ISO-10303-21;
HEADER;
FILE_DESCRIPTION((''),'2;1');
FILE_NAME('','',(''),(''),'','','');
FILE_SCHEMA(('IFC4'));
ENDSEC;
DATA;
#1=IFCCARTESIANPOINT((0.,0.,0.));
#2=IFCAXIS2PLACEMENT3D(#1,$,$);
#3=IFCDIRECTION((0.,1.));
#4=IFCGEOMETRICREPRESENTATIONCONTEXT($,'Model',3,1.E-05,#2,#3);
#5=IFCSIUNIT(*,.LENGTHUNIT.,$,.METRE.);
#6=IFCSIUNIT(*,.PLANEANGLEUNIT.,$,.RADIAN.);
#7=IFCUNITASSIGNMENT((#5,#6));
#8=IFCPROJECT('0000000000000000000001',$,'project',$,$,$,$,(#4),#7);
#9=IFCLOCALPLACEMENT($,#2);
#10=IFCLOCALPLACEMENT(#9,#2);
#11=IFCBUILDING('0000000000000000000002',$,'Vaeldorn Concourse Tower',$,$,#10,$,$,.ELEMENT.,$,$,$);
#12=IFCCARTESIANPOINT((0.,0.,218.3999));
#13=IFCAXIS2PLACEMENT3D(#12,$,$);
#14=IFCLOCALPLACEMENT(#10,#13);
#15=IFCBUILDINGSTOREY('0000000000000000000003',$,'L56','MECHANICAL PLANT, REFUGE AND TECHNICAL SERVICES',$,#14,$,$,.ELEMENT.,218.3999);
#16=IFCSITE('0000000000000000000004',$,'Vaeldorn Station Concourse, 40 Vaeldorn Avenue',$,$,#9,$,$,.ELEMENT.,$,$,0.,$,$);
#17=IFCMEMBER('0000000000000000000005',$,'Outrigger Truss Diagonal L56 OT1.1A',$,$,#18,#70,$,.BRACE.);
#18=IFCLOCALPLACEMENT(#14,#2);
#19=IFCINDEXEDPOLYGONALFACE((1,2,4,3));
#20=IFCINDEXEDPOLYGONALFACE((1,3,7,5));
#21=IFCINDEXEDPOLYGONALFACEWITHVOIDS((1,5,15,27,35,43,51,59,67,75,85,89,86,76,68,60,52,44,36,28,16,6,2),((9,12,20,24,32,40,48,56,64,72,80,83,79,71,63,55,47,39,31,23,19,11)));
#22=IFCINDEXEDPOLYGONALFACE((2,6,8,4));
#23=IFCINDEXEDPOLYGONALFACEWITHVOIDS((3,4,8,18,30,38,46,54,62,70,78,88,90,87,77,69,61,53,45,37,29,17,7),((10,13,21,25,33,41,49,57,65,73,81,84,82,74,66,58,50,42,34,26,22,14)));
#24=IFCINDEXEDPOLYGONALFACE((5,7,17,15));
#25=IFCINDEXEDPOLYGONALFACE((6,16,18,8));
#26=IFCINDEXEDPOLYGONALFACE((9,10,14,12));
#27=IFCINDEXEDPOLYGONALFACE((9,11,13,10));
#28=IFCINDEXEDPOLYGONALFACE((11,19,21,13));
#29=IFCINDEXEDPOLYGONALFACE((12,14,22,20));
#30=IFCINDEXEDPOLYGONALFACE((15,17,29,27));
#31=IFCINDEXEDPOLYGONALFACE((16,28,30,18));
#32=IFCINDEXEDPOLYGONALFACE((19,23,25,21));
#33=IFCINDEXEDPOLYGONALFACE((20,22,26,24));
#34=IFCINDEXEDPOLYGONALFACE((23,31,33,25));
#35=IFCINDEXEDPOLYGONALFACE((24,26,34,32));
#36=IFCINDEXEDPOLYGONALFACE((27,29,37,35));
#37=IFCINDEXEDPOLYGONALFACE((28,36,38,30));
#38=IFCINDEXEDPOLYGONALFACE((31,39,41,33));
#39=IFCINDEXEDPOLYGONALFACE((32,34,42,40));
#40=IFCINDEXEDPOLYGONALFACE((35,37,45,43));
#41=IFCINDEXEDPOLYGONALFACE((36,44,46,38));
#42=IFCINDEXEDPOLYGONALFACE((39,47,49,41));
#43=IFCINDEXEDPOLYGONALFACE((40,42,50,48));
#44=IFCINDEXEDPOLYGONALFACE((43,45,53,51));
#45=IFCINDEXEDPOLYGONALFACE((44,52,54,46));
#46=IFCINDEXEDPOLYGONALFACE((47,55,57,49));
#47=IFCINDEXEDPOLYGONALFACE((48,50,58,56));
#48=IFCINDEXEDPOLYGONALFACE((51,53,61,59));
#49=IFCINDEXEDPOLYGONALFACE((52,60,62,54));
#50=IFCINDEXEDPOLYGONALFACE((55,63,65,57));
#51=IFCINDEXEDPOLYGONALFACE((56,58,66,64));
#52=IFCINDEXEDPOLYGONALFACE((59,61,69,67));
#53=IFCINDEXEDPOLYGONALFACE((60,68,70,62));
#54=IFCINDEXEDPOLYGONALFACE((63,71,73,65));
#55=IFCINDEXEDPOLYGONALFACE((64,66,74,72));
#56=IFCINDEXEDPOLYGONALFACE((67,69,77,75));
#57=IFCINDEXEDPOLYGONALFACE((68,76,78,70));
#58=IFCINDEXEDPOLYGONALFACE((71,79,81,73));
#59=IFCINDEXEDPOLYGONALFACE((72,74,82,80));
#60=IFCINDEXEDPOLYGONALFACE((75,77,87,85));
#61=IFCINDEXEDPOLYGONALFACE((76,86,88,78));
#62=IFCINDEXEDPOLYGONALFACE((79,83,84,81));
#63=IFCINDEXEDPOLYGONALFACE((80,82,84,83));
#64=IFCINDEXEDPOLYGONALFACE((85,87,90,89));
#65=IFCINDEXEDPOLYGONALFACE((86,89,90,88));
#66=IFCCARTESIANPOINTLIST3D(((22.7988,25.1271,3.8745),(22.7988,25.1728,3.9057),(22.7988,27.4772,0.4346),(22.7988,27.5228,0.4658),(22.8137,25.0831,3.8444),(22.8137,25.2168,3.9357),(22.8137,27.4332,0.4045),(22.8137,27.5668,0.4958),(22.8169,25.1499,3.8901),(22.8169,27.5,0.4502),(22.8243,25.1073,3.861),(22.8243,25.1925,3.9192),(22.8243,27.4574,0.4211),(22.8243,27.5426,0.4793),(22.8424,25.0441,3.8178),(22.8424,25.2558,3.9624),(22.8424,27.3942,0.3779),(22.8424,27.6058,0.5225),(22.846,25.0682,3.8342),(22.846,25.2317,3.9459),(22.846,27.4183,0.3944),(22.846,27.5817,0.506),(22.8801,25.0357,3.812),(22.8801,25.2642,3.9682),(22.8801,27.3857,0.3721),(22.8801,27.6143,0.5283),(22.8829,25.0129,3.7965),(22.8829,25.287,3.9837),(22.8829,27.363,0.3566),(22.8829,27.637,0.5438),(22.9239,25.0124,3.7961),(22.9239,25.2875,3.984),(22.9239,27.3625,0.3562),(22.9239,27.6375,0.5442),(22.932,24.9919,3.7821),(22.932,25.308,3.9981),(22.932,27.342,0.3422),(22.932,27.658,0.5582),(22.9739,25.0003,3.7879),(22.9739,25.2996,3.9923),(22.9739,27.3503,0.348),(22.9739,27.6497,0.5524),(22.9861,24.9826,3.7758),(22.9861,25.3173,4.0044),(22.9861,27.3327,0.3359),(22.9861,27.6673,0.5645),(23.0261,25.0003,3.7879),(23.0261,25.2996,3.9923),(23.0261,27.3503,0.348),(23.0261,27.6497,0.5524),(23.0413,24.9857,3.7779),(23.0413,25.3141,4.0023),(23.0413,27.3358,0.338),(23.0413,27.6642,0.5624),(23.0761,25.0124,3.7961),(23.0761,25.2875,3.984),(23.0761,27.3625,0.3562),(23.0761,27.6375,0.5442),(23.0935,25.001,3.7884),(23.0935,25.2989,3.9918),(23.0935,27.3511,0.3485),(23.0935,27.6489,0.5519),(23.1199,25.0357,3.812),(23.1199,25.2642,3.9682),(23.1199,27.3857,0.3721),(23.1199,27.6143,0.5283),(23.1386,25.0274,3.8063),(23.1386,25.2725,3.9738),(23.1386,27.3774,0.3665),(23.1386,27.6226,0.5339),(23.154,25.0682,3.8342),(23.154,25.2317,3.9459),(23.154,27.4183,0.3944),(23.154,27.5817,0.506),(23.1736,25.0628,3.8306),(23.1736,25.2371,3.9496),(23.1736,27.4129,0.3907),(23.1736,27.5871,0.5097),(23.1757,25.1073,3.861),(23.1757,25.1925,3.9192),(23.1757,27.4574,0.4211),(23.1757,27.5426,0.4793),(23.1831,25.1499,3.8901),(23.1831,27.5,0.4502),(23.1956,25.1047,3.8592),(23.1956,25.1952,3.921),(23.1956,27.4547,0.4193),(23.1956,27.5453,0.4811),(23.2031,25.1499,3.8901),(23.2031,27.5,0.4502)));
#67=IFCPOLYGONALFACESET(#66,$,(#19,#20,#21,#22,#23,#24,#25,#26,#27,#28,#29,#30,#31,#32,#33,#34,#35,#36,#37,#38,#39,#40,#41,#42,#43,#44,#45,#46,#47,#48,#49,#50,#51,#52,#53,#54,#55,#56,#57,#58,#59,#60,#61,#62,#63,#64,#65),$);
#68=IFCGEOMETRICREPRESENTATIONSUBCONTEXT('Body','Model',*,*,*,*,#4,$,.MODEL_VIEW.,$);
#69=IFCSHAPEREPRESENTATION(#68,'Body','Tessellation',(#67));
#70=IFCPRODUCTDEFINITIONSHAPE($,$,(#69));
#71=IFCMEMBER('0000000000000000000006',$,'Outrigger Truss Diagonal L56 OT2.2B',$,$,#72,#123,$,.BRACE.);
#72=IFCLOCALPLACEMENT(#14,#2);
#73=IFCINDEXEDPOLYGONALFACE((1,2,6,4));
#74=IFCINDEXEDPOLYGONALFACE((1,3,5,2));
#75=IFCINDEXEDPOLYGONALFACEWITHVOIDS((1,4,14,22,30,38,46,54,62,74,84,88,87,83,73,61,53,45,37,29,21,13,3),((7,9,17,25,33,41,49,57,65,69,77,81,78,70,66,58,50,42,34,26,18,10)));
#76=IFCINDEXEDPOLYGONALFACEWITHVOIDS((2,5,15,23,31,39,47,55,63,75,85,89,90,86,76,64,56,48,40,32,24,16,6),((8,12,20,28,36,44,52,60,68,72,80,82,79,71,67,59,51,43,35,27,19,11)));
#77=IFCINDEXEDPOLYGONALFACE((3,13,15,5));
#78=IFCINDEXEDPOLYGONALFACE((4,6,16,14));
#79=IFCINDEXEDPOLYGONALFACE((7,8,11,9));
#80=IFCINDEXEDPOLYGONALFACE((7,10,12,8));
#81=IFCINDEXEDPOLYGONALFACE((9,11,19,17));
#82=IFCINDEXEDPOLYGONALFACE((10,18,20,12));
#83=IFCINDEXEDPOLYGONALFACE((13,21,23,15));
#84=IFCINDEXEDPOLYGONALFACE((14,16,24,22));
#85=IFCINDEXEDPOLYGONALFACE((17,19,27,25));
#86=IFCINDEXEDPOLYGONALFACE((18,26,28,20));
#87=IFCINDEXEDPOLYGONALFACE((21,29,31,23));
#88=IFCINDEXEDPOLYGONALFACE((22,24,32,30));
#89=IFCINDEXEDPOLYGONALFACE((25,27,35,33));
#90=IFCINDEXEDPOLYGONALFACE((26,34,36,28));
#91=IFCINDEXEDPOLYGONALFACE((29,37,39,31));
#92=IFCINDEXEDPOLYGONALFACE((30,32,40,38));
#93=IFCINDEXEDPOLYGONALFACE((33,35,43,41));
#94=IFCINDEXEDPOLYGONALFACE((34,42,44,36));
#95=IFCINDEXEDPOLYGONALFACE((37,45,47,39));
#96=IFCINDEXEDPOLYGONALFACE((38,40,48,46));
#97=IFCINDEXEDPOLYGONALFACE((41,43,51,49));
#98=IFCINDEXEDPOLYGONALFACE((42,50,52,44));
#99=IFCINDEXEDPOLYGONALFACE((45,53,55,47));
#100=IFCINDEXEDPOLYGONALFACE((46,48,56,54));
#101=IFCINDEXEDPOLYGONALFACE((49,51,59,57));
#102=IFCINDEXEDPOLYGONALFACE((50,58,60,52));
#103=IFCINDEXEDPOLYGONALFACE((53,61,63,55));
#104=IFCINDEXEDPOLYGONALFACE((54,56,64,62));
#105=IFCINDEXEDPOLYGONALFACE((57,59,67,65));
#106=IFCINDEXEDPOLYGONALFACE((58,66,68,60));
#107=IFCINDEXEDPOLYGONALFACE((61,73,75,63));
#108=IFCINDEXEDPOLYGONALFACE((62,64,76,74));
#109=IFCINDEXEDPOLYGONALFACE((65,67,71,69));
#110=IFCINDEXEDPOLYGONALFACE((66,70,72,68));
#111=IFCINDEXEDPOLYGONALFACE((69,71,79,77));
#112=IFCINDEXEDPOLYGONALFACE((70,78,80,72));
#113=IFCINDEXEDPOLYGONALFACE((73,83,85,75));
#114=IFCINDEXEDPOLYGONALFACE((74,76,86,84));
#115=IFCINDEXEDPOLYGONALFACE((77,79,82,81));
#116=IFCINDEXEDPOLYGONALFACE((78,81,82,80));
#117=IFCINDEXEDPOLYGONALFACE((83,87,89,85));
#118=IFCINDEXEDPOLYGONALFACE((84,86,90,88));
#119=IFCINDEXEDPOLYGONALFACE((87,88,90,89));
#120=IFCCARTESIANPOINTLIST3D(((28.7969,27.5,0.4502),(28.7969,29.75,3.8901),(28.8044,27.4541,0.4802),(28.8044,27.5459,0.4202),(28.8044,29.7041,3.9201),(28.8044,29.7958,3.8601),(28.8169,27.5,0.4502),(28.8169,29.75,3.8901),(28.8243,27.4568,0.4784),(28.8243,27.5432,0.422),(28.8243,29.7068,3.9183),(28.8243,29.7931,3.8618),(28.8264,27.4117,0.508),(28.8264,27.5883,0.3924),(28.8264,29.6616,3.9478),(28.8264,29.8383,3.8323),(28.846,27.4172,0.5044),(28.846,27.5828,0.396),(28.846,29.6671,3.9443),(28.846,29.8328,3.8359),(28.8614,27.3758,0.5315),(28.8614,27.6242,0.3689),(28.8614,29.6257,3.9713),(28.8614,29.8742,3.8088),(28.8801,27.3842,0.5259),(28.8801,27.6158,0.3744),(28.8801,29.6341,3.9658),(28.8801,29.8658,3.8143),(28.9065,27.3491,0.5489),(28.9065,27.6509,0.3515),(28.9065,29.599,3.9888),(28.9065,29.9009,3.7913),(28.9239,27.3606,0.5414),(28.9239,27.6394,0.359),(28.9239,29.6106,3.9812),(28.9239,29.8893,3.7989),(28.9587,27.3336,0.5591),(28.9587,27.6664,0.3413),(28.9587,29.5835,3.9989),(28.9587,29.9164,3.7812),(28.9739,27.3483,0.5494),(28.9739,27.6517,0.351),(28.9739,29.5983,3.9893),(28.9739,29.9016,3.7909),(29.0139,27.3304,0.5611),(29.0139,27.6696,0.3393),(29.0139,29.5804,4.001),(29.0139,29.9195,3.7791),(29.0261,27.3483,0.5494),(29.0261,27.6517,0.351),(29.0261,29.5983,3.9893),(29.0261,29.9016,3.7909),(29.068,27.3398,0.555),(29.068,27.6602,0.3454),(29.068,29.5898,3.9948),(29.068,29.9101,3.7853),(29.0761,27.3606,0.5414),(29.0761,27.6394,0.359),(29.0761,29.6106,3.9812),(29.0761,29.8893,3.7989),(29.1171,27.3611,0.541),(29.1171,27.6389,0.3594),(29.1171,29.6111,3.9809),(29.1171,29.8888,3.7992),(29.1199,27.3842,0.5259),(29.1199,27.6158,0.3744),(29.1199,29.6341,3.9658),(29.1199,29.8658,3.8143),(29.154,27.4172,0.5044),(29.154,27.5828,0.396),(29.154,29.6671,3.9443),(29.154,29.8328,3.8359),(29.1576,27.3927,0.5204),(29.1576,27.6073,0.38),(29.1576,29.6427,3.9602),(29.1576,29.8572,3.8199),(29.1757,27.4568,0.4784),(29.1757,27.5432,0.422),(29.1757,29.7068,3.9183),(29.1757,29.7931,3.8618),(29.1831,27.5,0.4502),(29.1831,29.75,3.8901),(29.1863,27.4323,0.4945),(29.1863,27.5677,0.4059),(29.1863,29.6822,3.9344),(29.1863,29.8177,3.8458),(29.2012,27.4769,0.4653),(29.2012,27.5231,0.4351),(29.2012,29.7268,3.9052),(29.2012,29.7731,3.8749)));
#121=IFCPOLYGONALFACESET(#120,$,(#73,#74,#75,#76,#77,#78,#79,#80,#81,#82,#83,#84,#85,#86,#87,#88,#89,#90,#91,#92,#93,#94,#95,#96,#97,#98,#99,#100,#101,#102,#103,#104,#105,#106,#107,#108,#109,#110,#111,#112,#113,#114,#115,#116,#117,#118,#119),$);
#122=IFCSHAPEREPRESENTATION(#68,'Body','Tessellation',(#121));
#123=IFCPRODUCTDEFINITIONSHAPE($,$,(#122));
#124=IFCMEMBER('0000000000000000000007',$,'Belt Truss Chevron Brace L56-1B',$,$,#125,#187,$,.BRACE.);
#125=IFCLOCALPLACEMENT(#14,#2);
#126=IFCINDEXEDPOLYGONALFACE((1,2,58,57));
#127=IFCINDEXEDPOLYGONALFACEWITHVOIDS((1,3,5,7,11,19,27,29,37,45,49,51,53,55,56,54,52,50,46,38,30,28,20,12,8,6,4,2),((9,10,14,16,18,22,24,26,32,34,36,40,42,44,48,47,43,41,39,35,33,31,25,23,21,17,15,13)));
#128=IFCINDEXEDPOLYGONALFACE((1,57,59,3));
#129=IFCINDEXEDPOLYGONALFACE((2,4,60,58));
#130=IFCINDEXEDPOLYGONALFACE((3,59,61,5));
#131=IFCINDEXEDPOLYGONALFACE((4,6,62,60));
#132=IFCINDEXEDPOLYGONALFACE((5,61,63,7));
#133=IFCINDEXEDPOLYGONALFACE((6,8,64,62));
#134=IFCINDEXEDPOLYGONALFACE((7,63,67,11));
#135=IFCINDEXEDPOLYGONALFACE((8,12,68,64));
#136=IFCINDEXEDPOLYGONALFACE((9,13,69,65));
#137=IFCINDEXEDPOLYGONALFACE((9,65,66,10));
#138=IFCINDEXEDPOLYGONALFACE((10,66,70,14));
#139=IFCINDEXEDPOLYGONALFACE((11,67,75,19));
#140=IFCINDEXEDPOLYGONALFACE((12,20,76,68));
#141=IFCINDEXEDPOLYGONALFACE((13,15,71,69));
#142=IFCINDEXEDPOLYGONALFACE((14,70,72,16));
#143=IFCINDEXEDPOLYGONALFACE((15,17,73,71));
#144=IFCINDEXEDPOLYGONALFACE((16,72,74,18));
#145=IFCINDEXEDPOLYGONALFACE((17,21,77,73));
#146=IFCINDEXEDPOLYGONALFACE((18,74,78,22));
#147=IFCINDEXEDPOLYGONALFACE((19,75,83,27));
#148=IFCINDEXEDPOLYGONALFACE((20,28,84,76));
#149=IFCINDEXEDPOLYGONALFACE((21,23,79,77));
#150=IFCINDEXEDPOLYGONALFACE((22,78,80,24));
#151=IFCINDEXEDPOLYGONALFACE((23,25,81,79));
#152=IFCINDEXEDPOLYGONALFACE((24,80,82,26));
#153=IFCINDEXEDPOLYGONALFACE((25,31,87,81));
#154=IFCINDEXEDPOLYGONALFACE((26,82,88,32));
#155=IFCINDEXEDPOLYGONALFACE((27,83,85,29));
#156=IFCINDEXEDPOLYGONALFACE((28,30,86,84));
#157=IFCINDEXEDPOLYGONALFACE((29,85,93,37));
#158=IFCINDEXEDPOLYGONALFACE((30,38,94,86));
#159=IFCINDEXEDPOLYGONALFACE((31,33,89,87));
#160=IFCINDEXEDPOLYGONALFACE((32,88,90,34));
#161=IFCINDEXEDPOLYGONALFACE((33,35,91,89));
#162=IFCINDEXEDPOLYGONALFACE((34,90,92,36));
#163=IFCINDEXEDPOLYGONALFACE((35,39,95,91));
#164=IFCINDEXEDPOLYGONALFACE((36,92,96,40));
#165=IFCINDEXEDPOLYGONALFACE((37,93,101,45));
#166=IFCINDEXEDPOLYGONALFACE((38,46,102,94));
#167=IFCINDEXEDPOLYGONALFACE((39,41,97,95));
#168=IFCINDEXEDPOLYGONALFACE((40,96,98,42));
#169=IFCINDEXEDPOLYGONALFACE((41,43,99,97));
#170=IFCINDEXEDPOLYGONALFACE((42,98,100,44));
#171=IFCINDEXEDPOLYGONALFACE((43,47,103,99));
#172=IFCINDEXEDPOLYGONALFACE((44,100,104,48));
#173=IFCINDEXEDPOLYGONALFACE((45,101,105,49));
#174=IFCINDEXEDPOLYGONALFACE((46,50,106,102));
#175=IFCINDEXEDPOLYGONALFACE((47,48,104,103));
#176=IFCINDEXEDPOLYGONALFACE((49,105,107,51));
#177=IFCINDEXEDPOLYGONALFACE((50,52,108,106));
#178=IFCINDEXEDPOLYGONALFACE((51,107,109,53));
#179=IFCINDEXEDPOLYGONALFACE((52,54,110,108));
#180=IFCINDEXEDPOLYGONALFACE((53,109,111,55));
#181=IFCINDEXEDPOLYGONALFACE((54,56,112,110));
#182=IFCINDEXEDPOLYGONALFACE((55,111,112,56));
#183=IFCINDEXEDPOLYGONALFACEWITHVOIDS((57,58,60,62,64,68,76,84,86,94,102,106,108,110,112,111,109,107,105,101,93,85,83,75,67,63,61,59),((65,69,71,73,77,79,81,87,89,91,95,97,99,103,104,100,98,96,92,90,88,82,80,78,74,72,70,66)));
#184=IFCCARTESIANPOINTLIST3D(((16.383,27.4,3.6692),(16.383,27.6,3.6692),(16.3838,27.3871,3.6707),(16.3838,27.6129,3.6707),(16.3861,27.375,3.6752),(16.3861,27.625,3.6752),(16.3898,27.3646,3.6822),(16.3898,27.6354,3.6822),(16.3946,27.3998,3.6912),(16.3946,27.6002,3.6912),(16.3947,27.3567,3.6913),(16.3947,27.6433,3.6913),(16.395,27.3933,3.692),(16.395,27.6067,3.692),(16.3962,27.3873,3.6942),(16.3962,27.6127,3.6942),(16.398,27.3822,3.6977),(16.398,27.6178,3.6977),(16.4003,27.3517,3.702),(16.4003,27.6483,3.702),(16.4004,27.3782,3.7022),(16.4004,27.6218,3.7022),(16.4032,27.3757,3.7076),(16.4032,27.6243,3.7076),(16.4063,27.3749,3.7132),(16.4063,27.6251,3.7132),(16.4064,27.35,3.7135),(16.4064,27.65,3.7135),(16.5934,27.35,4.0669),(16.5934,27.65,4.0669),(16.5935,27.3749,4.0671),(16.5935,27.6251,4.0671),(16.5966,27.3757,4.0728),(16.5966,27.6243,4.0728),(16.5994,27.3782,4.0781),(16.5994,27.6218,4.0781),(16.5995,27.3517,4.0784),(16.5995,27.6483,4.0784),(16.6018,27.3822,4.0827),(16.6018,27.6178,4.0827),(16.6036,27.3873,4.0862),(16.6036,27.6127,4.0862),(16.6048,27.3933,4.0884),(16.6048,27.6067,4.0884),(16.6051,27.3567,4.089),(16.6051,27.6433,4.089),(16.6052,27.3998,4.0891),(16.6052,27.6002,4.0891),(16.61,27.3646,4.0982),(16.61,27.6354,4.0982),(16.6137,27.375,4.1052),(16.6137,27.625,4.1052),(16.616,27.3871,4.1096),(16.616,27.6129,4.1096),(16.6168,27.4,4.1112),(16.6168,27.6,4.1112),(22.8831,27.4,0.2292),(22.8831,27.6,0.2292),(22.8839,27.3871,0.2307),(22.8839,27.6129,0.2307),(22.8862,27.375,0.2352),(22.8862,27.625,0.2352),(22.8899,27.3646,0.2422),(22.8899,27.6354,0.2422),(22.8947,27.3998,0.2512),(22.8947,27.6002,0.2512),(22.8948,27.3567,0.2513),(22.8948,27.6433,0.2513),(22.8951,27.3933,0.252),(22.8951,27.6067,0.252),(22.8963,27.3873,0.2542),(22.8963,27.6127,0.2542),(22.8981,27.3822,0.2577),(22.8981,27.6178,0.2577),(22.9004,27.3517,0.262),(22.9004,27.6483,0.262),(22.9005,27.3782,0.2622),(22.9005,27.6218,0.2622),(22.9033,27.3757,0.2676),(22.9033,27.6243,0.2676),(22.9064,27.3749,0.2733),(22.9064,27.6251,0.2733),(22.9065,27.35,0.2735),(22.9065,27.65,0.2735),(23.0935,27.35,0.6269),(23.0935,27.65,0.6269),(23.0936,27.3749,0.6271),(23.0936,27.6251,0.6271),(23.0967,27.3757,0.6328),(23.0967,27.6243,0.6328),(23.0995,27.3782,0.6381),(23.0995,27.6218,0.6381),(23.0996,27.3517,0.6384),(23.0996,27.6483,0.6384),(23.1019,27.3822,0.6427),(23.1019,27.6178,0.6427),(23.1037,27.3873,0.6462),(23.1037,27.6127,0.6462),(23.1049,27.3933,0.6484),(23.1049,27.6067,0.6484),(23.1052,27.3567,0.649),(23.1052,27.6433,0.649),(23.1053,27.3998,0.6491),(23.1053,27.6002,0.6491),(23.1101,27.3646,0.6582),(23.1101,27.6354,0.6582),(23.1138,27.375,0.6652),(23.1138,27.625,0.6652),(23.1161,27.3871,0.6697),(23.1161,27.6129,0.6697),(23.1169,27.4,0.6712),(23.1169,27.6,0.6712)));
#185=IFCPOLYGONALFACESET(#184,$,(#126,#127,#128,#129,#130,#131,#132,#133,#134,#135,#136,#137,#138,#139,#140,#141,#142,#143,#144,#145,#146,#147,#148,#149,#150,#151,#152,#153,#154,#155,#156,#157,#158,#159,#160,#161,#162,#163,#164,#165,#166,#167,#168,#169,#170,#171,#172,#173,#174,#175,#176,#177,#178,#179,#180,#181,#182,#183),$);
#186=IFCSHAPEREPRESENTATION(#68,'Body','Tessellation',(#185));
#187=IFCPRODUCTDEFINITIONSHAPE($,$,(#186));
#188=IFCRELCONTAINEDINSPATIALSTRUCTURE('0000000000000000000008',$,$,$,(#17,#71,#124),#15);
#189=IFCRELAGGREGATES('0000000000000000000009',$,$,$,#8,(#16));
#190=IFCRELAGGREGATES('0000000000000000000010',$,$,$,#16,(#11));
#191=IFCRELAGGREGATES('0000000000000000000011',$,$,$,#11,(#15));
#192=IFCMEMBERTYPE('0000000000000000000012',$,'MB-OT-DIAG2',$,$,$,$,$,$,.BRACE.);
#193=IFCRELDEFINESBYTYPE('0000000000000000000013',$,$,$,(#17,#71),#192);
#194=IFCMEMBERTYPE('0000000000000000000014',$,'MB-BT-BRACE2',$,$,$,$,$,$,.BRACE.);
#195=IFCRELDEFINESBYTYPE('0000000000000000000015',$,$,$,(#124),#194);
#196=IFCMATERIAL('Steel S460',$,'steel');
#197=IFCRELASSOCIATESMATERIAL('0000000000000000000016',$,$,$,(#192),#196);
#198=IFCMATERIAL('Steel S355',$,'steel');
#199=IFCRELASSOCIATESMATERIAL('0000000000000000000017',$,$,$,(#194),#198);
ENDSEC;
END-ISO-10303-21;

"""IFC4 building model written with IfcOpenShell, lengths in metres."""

from ifc_helpers import new_model, si_unit, direction, frame, origin, origin_2d, place, context, subcontext, project, spatial, hollow_rectangle, hollow_circle, extrude, source, transform, mapped, material, material_profile, profile_set, type_object, element, save


model = new_model("IFC4")

# Units and contexts
model_context = context("Model", 3, precision=1e-05, world=origin(), true_north=direction((0.0, 1.0)))
body_context = subcontext(model_context, "Body", "Model", "MODEL_VIEW")
ifc_project = project(units=[si_unit("LENGTHUNIT", "METRE"), si_unit("PLANEANGLEUNIT", "RADIAN")], contexts=[model_context])

# Site, building, storey
site_placement = place(None, origin())
site = spatial("IfcSite", under=ifc_project, at=site_placement, Name="Vaeldorn Station Concourse, 40 Vaeldorn Avenue", CompositionType="ELEMENT", RefElevation=0.0)
building_placement = place(site_placement, origin())
building = spatial("IfcBuilding", under=site, at=building_placement, Name="Vaeldorn Concourse Tower", CompositionType="ELEMENT")
storey_placement = place(building_placement, frame((0.0, 0.0, 218.3999)))
storey = spatial("IfcBuildingStorey", under=building, at=storey_placement, Name="L56", Description="MECHANICAL PLANT, REFUGE AND TECHNICAL SERVICES", CompositionType="ELEMENT", Elevation=218.3999)

# Shared definitions
ifc_material_1 = material(Name="Steel S355", Category="steel")

# Members
ifc_material_2 = material(Name="Steel S460", Category="steel")
ifc_material_profile_1 = material_profile(ifc_material_2, hollow_circle(Radius=0.2031, WallThickness=0.02, at=origin_2d()), Name="CHS 406.4x20")
ifc_profile_set_1 = profile_set([ifc_material_profile_1], Name="Steel S460")
member_type_1 = type_object("IfcMemberType", Name="MB-OT-DIAG2", PredefinedType="BRACE", material=ifc_profile_set_1)
shared_shape_1 = source(origin(), body_context, "Body", "SweptSolid", [
    extrude(hollow_circle(Radius=0.2031, WallThickness=0.02, at=origin_2d()), origin(), (0.0, 0.0, 1.0), 4.166),
])
member_1_placement = place(storey_placement, frame((23.0, 27.5, 0.4502), z_axis=(0.0, -0.564104, 0.825704), x_axis=(1.0, 0.0, 0.0)))
element("IfcMember", 1, at=member_1_placement, inside=storey, type_object=member_type_1, Name="Outrigger Truss Diagonal L56 OT1.1A", PredefinedType="BRACE", context=body_context, shape_type="MappedRepresentation", body=[
    mapped(shared_shape_1, transform((0.0, 0.0, 0.0), scale=1.0)),
])
shared_shape_2 = source(origin(), body_context, "Body", "SweptSolid", [
    extrude(hollow_circle(Radius=0.2031, WallThickness=0.02, at=origin_2d()), origin(), (0.0, 0.0, 1.0), 4.1104),
])
member_2_placement = place(storey_placement, frame((29.0, 27.5, 0.4502), z_axis=(0.0, 0.547387, 0.83688), x_axis=(-1.0, 0.0, 0.0)))
element("IfcMember", 2, at=member_2_placement, inside=storey, type_object=member_type_1, Name="Outrigger Truss Diagonal L56 OT2.2B", PredefinedType="BRACE", context=body_context, shape_type="MappedRepresentation", body=[
    mapped(shared_shape_2, transform((0.0, 0.0, 0.0), scale=1.0)),
])
ifc_material_profile_2 = material_profile(ifc_material_1, hollow_rectangle(XDim=0.3, YDim=0.5, WallThickness=0.0249, InnerFilletRadius=0.0249, OuterFilletRadius=0.05, at=origin_2d()), Name="RHS 500x300x25")
ifc_profile_set_2 = profile_set([ifc_material_profile_2], Name="Steel S355")
member_type_2 = type_object("IfcMemberType", Name="MB-BT-BRACE2", PredefinedType="BRACE", material=ifc_profile_set_2)
shared_shape_3 = source(origin(), body_context, "Body", "SweptSolid", [
    extrude(hollow_rectangle(XDim=0.3, YDim=0.5, WallThickness=0.0249, InnerFilletRadius=0.0249, OuterFilletRadius=0.05, at=origin_2d()), origin(), (0.0, 0.0, 1.0), 7.3542),
])
member_3_placement = place(storey_placement, frame((23.0, 27.5, 0.4502), z_axis=(-0.883857, 0.0, 0.467757), x_axis=(0.0, -1.0, 0.0)))
element("IfcMember", 3, at=member_3_placement, inside=storey, type_object=member_type_2, Name="Belt Truss Chevron Brace L56-1B", PredefinedType="BRACE", context=body_context, shape_type="MappedRepresentation", body=[
    mapped(shared_shape_3, transform((0.0, 0.0, 0.0), scale=1.0)),
])

save(model, "model.ifc")
